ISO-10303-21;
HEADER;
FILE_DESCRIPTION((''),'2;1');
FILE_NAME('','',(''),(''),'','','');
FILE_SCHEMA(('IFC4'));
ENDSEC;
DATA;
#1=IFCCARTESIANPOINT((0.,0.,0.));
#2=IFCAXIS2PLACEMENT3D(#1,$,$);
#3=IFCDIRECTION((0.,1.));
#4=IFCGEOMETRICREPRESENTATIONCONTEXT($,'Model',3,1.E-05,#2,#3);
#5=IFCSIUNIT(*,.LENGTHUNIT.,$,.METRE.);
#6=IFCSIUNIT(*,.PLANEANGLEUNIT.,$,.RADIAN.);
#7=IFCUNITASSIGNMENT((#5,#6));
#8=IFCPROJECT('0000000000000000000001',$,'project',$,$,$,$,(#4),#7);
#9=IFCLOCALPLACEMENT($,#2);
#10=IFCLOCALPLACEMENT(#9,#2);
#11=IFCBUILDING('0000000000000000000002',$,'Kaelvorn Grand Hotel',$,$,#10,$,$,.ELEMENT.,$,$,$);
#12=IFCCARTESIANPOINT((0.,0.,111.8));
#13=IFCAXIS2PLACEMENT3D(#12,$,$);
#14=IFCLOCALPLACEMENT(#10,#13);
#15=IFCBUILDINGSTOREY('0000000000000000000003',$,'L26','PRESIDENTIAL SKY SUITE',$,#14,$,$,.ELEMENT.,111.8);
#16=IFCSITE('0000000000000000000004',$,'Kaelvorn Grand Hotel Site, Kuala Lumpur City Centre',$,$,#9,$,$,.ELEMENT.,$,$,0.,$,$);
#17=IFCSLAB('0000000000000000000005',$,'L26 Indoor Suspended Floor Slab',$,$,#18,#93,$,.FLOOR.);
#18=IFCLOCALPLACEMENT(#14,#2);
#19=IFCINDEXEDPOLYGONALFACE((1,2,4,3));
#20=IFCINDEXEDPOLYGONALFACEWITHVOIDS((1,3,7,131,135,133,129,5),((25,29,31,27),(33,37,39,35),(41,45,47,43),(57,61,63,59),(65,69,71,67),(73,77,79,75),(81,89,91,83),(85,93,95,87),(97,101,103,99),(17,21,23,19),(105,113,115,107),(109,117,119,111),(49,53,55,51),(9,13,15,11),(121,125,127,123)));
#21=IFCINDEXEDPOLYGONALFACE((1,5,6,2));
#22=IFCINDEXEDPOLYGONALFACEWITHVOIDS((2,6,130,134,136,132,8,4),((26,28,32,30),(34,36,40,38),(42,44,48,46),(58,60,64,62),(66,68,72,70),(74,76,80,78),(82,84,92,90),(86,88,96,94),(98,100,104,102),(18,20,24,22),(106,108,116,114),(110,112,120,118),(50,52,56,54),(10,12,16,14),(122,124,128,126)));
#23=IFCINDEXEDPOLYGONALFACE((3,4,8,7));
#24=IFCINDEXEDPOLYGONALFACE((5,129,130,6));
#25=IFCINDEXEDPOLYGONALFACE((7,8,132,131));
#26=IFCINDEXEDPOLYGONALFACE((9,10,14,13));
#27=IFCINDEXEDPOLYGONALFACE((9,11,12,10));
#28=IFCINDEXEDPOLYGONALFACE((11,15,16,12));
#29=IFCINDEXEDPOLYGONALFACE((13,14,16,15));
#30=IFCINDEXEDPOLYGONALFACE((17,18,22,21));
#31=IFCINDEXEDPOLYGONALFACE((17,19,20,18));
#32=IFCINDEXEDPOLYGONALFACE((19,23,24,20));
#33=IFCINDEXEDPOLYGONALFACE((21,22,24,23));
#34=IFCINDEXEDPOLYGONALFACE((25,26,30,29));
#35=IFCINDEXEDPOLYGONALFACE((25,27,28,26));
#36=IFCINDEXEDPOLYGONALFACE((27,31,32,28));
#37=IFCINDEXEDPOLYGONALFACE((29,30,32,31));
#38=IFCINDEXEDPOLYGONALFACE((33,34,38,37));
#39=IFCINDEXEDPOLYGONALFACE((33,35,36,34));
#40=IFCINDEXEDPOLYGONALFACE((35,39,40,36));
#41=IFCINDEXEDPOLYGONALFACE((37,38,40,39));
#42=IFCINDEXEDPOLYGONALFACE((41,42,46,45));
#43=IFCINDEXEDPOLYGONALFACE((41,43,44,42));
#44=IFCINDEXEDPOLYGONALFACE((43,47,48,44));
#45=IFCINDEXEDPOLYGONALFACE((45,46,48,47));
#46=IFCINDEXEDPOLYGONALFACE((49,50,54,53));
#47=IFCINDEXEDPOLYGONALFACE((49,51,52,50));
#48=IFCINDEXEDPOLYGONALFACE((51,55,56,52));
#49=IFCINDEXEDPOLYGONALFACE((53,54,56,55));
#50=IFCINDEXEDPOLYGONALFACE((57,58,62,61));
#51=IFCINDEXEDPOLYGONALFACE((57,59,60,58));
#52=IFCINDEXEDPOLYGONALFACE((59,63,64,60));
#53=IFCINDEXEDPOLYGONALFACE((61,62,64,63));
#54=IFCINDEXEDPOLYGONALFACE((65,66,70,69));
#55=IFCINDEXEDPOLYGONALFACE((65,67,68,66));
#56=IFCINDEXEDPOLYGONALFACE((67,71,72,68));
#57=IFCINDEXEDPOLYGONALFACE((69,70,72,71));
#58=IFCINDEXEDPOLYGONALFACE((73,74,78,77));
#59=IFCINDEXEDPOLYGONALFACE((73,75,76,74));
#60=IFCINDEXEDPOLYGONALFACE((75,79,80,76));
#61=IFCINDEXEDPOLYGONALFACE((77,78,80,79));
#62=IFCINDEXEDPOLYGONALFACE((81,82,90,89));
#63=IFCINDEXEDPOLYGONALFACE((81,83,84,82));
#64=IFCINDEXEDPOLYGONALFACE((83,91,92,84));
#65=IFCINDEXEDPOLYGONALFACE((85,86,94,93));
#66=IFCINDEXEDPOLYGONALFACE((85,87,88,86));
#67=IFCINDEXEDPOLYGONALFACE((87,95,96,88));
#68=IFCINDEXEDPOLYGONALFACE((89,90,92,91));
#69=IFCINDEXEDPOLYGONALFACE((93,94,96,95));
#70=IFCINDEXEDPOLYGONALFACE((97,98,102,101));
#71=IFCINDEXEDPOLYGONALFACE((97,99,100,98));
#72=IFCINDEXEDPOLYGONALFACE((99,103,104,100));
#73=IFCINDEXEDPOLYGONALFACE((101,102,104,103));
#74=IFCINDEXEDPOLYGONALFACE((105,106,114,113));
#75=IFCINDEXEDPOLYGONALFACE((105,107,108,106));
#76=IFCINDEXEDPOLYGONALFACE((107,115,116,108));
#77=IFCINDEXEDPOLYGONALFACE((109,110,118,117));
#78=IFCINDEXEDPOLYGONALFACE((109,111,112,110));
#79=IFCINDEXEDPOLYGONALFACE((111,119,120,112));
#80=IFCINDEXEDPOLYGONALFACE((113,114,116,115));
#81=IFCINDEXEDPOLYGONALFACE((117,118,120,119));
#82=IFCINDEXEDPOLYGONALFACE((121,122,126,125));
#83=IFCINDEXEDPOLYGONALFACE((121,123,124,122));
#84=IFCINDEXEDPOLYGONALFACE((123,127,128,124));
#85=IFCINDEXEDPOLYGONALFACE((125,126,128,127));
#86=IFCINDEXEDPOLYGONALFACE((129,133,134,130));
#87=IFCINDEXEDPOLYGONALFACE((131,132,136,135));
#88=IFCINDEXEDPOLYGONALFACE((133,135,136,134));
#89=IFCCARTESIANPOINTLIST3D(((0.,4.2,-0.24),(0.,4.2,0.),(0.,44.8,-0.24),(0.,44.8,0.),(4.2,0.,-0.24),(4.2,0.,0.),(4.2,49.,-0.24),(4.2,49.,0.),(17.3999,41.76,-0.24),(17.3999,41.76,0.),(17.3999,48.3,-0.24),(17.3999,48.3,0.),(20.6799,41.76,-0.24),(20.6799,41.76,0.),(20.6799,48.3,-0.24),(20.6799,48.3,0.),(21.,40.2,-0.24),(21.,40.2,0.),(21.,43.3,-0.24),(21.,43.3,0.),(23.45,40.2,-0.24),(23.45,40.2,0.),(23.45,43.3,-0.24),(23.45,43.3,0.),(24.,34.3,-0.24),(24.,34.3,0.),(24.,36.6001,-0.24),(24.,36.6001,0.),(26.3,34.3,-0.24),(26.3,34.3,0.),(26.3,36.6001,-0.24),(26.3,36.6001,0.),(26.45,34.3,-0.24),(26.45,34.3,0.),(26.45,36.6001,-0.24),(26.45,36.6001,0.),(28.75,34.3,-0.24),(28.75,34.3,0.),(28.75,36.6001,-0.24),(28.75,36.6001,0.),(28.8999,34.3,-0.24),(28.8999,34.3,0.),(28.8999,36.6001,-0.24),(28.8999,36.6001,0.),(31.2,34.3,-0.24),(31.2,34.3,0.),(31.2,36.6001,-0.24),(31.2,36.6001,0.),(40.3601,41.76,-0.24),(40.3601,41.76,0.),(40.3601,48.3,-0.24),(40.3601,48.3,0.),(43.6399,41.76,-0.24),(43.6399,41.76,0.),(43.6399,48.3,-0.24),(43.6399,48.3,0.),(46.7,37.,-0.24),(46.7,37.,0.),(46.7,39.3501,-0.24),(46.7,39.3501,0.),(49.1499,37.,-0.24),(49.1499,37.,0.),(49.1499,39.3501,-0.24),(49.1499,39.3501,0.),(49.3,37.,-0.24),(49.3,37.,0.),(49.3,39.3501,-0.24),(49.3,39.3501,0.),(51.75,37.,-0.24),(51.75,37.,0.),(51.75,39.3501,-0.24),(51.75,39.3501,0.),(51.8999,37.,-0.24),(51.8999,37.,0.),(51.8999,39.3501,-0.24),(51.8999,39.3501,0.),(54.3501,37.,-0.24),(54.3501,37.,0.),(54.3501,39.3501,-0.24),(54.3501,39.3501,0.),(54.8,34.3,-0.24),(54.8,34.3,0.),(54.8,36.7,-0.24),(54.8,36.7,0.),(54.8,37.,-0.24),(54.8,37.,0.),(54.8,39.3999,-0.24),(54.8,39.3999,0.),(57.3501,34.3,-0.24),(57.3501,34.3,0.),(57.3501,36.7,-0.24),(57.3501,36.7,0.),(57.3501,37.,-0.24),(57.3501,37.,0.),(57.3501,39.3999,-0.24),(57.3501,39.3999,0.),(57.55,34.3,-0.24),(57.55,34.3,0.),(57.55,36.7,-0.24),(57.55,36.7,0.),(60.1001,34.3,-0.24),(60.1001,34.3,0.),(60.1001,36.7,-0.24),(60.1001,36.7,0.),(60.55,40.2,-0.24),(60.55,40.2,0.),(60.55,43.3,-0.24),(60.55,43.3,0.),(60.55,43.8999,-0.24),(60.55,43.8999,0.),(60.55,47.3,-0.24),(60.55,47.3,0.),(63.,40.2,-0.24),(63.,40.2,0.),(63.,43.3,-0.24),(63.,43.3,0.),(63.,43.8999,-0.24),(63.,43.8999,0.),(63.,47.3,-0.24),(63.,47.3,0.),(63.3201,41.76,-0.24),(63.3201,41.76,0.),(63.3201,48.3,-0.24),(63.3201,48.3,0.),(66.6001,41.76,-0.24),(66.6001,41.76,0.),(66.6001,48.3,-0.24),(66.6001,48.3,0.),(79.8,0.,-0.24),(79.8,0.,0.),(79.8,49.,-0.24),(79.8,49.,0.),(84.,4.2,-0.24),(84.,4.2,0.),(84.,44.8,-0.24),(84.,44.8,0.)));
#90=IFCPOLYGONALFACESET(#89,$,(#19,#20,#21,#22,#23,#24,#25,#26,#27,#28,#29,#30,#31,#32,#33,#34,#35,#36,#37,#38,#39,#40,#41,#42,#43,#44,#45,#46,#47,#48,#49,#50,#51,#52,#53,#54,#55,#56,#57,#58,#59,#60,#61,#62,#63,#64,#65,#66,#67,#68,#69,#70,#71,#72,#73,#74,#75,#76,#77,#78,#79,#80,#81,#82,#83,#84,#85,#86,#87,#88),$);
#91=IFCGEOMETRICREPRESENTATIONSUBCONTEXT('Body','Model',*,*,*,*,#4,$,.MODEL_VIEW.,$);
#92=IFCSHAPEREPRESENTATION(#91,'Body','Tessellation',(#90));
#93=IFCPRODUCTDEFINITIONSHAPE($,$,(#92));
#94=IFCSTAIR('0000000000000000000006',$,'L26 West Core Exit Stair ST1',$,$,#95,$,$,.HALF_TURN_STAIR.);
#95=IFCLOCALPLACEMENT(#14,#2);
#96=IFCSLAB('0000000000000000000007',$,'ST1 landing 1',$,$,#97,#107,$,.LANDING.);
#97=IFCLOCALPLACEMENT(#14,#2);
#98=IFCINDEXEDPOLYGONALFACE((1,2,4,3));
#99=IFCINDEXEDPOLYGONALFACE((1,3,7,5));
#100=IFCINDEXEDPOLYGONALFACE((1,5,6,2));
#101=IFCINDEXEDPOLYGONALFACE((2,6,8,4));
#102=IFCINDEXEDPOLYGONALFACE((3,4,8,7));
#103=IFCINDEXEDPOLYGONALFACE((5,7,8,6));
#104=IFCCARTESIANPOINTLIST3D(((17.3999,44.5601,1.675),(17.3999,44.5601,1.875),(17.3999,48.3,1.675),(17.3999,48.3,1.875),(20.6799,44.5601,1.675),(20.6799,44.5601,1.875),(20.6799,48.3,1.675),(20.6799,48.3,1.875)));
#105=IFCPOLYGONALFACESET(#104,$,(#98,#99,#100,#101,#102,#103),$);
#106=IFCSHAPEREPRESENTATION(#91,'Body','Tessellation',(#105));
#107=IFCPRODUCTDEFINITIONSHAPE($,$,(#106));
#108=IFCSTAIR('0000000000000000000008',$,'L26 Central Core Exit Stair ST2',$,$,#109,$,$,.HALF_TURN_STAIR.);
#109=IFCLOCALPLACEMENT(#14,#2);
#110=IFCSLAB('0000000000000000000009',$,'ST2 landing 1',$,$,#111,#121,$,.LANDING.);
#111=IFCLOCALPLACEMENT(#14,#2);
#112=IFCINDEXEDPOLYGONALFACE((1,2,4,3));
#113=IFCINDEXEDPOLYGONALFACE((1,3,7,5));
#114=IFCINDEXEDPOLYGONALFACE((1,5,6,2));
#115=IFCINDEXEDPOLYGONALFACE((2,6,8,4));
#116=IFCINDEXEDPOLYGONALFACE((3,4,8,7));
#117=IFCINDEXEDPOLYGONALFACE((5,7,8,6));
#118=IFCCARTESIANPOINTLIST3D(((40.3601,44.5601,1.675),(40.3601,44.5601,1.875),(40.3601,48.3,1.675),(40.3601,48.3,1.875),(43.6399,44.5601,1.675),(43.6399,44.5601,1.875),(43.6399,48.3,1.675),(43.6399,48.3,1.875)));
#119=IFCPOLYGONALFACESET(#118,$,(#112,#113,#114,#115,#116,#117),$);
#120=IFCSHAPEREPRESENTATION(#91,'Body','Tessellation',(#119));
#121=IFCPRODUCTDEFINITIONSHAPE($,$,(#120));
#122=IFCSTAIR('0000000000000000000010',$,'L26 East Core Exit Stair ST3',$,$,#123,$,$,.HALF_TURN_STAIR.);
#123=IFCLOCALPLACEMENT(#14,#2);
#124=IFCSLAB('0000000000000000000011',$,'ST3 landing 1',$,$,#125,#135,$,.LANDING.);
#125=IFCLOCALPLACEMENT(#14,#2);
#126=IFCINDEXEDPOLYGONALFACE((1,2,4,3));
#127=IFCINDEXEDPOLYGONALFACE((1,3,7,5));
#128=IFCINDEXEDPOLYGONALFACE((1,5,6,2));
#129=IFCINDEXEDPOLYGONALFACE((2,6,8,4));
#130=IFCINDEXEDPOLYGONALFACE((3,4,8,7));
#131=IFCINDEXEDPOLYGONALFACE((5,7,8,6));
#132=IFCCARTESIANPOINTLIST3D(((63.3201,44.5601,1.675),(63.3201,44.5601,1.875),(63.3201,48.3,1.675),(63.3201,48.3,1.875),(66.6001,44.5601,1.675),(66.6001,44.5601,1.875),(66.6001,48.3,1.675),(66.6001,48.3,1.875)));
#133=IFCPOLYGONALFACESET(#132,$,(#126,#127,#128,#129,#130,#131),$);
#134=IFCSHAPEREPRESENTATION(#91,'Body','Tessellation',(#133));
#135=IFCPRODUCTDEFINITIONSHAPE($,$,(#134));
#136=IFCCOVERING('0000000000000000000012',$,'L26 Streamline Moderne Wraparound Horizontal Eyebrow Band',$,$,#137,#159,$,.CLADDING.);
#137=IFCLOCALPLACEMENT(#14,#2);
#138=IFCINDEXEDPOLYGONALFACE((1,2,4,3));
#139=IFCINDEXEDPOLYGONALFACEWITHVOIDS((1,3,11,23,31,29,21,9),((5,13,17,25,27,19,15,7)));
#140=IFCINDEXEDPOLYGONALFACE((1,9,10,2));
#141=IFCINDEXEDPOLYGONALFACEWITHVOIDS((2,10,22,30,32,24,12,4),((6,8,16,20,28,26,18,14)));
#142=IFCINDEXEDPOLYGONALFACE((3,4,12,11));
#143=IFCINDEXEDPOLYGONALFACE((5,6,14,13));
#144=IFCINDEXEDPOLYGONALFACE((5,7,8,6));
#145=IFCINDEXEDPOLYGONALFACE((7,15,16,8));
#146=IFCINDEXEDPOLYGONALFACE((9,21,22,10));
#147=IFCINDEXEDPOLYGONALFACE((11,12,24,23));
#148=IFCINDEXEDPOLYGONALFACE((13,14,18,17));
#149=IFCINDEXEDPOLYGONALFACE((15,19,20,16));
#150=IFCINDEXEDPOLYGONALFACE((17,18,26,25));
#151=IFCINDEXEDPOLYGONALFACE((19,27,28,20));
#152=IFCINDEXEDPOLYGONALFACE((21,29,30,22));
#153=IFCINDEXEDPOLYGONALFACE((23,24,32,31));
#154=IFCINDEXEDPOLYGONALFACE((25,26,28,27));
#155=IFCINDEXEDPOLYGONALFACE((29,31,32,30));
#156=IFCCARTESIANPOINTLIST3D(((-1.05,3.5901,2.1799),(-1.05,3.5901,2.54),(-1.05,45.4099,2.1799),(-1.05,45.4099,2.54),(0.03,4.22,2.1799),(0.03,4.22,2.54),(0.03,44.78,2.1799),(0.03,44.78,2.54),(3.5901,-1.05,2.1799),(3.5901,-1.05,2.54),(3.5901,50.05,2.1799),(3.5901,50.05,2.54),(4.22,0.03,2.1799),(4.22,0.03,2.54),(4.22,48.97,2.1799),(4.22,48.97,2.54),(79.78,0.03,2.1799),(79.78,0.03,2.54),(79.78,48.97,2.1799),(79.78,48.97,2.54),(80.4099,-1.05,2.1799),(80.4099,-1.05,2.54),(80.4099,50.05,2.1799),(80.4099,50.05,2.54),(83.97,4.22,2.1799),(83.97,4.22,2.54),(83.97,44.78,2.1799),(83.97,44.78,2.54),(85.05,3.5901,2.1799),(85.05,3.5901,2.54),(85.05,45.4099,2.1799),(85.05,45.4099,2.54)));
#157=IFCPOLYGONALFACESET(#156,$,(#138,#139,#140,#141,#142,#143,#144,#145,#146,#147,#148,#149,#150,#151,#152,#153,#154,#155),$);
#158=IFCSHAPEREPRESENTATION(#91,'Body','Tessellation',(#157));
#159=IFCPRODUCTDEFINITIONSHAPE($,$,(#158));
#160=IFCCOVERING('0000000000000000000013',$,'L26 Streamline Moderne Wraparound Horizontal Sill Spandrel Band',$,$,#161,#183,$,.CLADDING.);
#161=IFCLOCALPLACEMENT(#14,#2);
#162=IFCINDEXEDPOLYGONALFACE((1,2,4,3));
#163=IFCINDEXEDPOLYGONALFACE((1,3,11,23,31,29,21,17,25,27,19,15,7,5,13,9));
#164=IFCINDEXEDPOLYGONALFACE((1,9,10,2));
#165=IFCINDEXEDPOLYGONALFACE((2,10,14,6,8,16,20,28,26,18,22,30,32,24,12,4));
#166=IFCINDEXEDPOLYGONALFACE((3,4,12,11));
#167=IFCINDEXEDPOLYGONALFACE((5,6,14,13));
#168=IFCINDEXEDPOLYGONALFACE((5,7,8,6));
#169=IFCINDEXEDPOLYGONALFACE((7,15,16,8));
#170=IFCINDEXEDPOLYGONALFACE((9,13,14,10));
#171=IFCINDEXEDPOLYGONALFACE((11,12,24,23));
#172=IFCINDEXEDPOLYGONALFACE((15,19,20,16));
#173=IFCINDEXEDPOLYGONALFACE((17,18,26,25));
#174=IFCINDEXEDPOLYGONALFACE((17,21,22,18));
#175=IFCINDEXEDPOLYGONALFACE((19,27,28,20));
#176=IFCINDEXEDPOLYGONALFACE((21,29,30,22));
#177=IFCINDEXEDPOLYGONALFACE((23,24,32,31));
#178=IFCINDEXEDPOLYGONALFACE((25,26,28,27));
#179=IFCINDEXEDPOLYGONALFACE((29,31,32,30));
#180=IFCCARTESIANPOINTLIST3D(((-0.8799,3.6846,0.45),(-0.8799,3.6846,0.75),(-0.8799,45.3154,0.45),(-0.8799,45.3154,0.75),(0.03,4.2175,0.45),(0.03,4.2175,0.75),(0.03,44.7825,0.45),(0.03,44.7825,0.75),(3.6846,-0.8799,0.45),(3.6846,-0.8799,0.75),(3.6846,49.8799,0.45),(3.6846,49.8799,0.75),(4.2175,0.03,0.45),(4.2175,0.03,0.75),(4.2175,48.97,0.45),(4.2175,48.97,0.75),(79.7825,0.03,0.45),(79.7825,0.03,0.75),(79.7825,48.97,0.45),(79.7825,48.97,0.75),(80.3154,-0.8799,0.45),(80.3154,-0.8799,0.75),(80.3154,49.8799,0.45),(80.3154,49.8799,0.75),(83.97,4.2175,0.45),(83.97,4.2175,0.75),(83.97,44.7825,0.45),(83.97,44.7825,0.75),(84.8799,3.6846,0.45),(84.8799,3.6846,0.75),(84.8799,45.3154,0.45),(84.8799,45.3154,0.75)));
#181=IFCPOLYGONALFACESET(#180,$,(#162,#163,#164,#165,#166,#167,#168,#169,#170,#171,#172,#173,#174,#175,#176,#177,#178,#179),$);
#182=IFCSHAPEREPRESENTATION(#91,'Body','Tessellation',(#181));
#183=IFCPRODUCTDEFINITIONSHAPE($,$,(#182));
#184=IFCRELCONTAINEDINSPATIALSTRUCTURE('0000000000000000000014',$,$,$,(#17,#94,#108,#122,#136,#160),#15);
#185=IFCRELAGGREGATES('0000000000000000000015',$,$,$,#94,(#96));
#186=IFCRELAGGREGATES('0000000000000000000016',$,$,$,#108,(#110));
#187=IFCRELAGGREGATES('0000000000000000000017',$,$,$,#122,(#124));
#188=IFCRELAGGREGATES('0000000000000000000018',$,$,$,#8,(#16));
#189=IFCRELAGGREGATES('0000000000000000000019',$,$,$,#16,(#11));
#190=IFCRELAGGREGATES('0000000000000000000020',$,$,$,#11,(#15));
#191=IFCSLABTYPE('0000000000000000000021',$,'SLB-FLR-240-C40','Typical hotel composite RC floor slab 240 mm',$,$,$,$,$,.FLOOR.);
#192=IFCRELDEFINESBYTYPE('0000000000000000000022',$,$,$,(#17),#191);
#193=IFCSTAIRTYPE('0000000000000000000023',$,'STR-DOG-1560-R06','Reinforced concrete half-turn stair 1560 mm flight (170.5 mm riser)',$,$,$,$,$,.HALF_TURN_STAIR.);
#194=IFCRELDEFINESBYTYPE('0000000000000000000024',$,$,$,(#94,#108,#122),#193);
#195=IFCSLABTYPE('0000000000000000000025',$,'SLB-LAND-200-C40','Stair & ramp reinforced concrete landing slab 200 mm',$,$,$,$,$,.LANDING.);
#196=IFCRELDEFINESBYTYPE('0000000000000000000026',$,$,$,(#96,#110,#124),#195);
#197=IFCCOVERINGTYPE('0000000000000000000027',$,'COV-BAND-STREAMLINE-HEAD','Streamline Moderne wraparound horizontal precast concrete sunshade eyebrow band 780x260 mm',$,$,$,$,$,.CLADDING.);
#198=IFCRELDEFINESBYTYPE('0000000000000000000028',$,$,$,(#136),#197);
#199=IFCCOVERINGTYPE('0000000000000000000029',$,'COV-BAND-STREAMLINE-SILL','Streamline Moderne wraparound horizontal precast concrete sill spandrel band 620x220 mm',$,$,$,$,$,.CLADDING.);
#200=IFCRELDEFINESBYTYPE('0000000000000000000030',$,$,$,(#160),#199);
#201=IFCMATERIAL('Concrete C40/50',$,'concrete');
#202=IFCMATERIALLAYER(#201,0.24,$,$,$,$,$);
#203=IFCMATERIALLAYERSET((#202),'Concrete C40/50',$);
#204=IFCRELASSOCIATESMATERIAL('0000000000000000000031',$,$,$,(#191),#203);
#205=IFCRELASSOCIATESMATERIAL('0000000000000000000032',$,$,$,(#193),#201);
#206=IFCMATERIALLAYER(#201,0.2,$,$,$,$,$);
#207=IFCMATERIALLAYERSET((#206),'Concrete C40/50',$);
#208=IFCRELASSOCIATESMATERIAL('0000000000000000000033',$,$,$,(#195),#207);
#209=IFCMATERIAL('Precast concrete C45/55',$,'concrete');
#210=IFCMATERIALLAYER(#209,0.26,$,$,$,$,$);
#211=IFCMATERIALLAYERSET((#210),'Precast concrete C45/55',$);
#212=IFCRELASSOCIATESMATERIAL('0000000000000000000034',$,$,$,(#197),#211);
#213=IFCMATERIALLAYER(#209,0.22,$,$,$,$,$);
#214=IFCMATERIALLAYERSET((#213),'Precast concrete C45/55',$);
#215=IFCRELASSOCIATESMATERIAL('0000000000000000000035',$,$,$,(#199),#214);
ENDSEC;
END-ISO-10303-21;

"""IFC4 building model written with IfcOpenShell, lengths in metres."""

from ifc_helpers import new_model, si_unit, direction, frame, origin, place, context, subcontext, project, spatial, polyline, outline, extrude, material, layer, layer_set, type_object, element, aggregate, save


model = new_model("IFC4")

# Units and contexts
model_context = context("Model", 3, precision=1e-05, world=origin(), true_north=direction((0.0, 1.0)))
body_context = subcontext(model_context, "Body", "Model", "MODEL_VIEW")
ifc_project = project(units=[si_unit("LENGTHUNIT", "METRE"), si_unit("PLANEANGLEUNIT", "RADIAN")], contexts=[model_context])

# Site, building, storey
site_placement = place(None, origin())
site = spatial("IfcSite", under=ifc_project, at=site_placement, Name="Kaelvorn Grand Hotel Site, Kuala Lumpur City Centre", CompositionType="ELEMENT", RefElevation=0.0)
building_placement = place(site_placement, origin())
building = spatial("IfcBuilding", under=site, at=building_placement, Name="Kaelvorn Grand Hotel", CompositionType="ELEMENT")
storey_placement = place(building_placement, frame((0.0, 0.0, 111.8)))
storey = spatial("IfcBuildingStorey", under=building, at=storey_placement, Name="L26", Description="PRESIDENTIAL SKY SUITE", CompositionType="ELEMENT", Elevation=111.8)

# Slab
ifc_material_1 = material(Name="Concrete C40/50", Category="concrete")
ifc_layer_1 = layer(ifc_material_1, 0.24)
ifc_layer_set_1 = layer_set([ifc_layer_1], Name="Concrete C40/50")
slab_type_1 = type_object("IfcSlabType", Name="SLB-FLR-240-C40", Description="Typical hotel composite RC floor slab 240 mm", PredefinedType="FLOOR", material=ifc_layer_set_1)
slab_1_placement = place(storey_placement, frame((0.0, 0.0, -0.24)))
element("IfcSlab", 1, at=slab_1_placement, inside=storey, type_object=slab_type_1, Name="L26 Indoor Suspended Floor Slab", PredefinedType="FLOOR", context=body_context, shape_type="SweptSolid", body=[
    extrude(outline(polyline([(4.2, 0.0), (79.8, 0.0), (84.0, 4.2), (84.0, 44.8), (79.8, 49.0), (4.2, 49.0), (0.0, 44.8), (0.0, 4.2), (4.2, 0.0)]), holes=[polyline([(17.3999, 41.76), (17.3999, 48.3), (20.6799, 48.3), (20.6799, 41.76), (17.3999, 41.76)]), polyline([(40.3601, 41.76), (40.3601, 48.3), (43.6399, 48.3), (43.6399, 41.76), (40.3601, 41.76)]), polyline([(63.3201, 41.76), (63.3201, 48.3), (66.6001, 48.3), (66.6001, 41.76), (63.3201, 41.76)]), polyline([(24.0, 34.3), (24.0, 36.6001), (26.3, 36.6001), (26.3, 34.3), (24.0, 34.3)]), polyline([(26.45, 34.3), (26.45, 36.6001), (28.75, 36.6001), (28.75, 34.3), (26.45, 34.3)]), polyline([(28.8999, 34.3), (28.8999, 36.6001), (31.2, 36.6001), (31.2, 34.3), (28.8999, 34.3)]), polyline([(46.7, 37.0), (46.7, 39.3501), (49.1499, 39.3501), (49.1499, 37.0), (46.7, 37.0)]), polyline([(49.3, 37.0), (49.3, 39.3501), (51.75, 39.3501), (51.75, 37.0), (49.3, 37.0)]), polyline([(51.8999, 37.0), (51.8999, 39.3501), (54.3501, 39.3501), (54.3501, 37.0), (51.8999, 37.0)]), polyline([(54.8, 34.3), (54.8, 36.7), (57.3501, 36.7), (57.3501, 34.3), (54.8, 34.3)]), polyline([(57.55, 34.3), (57.55, 36.7), (60.1001, 36.7), (60.1001, 34.3), (57.55, 34.3)]), polyline([(54.8, 37.0), (54.8, 39.3999), (57.3501, 39.3999), (57.3501, 37.0), (54.8, 37.0)]), polyline([(21.0, 40.2), (21.0, 43.3), (23.45, 43.3), (23.45, 40.2), (21.0, 40.2)]), polyline([(60.55, 40.2), (60.55, 43.3), (63.0, 43.3), (63.0, 40.2), (60.55, 40.2)]), polyline([(60.55, 43.8999), (60.55, 47.3), (63.0, 47.3), (63.0, 43.8999), (60.55, 43.8999)])]), origin(), (0.0, 0.0, 1.0), 0.24),
])

# Stairs, slabs
stair_type = type_object("IfcStairType", Name="STR-DOG-1560-R06", Description="Reinforced concrete half-turn stair 1560 mm flight (170.5 mm riser)", PredefinedType="HALF_TURN_STAIR", material=ifc_material_1)
stair_1_placement = place(storey_placement, origin())
stair_1 = element("IfcStair", 2, at=stair_1_placement, inside=storey, type_object=stair_type, Name="L26 West Core Exit Stair ST1", PredefinedType="HALF_TURN_STAIR")
ifc_layer_2 = layer(ifc_material_1, 0.2)
ifc_layer_set_2 = layer_set([ifc_layer_2], Name="Concrete C40/50")
slab_type_2 = type_object("IfcSlabType", Name="SLB-LAND-200-C40", Description="Stair & ramp reinforced concrete landing slab 200 mm", PredefinedType="LANDING", material=ifc_layer_set_2)
slab_2_placement = place(storey_placement, frame((0.0, 0.0, 1.675)))
slab_2 = element("IfcSlab", 3, at=slab_2_placement, type_object=slab_type_2, Name="ST1 landing 1", PredefinedType="LANDING", context=body_context, shape_type="SweptSolid", body=[
    extrude(outline(polyline([(20.6799, 44.5601), (20.6799, 48.3), (17.3999, 48.3), (17.3999, 44.5601), (20.6799, 44.5601)])), origin(), (0.0, 0.0, 1.0), 0.2),
])
aggregate(stair_1, [slab_2])
stair_2_placement = place(storey_placement, origin())
stair_2 = element("IfcStair", 4, at=stair_2_placement, inside=storey, type_object=stair_type, Name="L26 Central Core Exit Stair ST2", PredefinedType="HALF_TURN_STAIR")
slab_3_placement = place(storey_placement, frame((0.0, 0.0, 1.675)))
slab_3 = element("IfcSlab", 5, at=slab_3_placement, type_object=slab_type_2, Name="ST2 landing 1", PredefinedType="LANDING", context=body_context, shape_type="SweptSolid", body=[
    extrude(outline(polyline([(43.6399, 44.5601), (43.6399, 48.3), (40.3601, 48.3), (40.3601, 44.5601), (43.6399, 44.5601)])), origin(), (0.0, 0.0, 1.0), 0.2),
])
aggregate(stair_2, [slab_3])
stair_3_placement = place(storey_placement, origin())
stair_3 = element("IfcStair", 6, at=stair_3_placement, inside=storey, type_object=stair_type, Name="L26 East Core Exit Stair ST3", PredefinedType="HALF_TURN_STAIR")
slab_4_placement = place(storey_placement, frame((0.0, 0.0, 1.675)))
slab_4 = element("IfcSlab", 7, at=slab_4_placement, type_object=slab_type_2, Name="ST3 landing 1", PredefinedType="LANDING", context=body_context, shape_type="SweptSolid", body=[
    extrude(outline(polyline([(66.6001, 44.5601), (66.6001, 48.3), (63.3201, 48.3), (63.3201, 44.5601), (66.6001, 44.5601)])), origin(), (0.0, 0.0, 1.0), 0.2),
])
aggregate(stair_3, [slab_4])

# Coverings
ifc_material_2 = material(Name="Precast concrete C45/55", Category="concrete")
ifc_layer_3 = layer(ifc_material_2, 0.26)
ifc_layer_set_3 = layer_set([ifc_layer_3], Name="Precast concrete C45/55")
covering_type_1 = type_object("IfcCoveringType", Name="COV-BAND-STREAMLINE-HEAD", Description="Streamline Moderne wraparound horizontal precast concrete sunshade eyebrow band 780x260 mm", PredefinedType="CLADDING", material=ifc_layer_set_3)
covering_1_placement = place(storey_placement, frame((0.0, 0.0, 2.1799)))
element("IfcCovering", 8, at=covering_1_placement, inside=storey, type_object=covering_type_1, Name="L26 Streamline Moderne Wraparound Horizontal Eyebrow Band", PredefinedType="CLADDING", context=body_context, shape_type="SweptSolid", body=[
    extrude(outline(polyline([(3.5901, -1.05), (80.4099, -1.05), (85.05, 3.5901), (85.05, 45.4099), (80.4099, 50.05), (3.5901, 50.05), (-1.05, 45.4099), (-1.05, 3.5901), (3.5901, -1.05)]), holes=[polyline([(4.22, 0.03), (79.78, 0.03), (83.97, 4.22), (83.97, 44.78), (79.78, 48.97), (4.22, 48.97), (0.03, 44.78), (0.03, 4.22), (4.22, 0.03)])]), origin(), (0.0, 0.0, 1.0), 0.3601),
])
ifc_layer_4 = layer(ifc_material_2, 0.22)
ifc_layer_set_4 = layer_set([ifc_layer_4], Name="Precast concrete C45/55")
covering_type_2 = type_object("IfcCoveringType", Name="COV-BAND-STREAMLINE-SILL", Description="Streamline Moderne wraparound horizontal precast concrete sill spandrel band 620x220 mm", PredefinedType="CLADDING", material=ifc_layer_set_4)
covering_2_placement = place(storey_placement, frame((0.0, 0.0, 0.45)))
element("IfcCovering", 9, at=covering_2_placement, inside=storey, type_object=covering_type_2, Name="L26 Streamline Moderne Wraparound Horizontal Sill Spandrel Band", PredefinedType="CLADDING", context=body_context, shape_type="SweptSolid", body=[
    extrude(outline(polyline([(80.3154, -0.8799), (84.8799, 3.6846), (84.8799, 45.3154), (80.3154, 49.8799), (3.6846, 49.8799), (-0.8799, 45.3154), (-0.8799, 3.6846), (3.6846, -0.8799), (4.2175, 0.03), (0.03, 4.2175), (0.03, 44.7825), (4.2175, 48.97), (79.7825, 48.97), (83.97, 44.7825), (83.97, 4.2175), (79.7825, 0.03), (80.3154, -0.8799)])), origin(), (0.0, 0.0, 1.0), 0.3),
])

save(model, "model.ifc")
